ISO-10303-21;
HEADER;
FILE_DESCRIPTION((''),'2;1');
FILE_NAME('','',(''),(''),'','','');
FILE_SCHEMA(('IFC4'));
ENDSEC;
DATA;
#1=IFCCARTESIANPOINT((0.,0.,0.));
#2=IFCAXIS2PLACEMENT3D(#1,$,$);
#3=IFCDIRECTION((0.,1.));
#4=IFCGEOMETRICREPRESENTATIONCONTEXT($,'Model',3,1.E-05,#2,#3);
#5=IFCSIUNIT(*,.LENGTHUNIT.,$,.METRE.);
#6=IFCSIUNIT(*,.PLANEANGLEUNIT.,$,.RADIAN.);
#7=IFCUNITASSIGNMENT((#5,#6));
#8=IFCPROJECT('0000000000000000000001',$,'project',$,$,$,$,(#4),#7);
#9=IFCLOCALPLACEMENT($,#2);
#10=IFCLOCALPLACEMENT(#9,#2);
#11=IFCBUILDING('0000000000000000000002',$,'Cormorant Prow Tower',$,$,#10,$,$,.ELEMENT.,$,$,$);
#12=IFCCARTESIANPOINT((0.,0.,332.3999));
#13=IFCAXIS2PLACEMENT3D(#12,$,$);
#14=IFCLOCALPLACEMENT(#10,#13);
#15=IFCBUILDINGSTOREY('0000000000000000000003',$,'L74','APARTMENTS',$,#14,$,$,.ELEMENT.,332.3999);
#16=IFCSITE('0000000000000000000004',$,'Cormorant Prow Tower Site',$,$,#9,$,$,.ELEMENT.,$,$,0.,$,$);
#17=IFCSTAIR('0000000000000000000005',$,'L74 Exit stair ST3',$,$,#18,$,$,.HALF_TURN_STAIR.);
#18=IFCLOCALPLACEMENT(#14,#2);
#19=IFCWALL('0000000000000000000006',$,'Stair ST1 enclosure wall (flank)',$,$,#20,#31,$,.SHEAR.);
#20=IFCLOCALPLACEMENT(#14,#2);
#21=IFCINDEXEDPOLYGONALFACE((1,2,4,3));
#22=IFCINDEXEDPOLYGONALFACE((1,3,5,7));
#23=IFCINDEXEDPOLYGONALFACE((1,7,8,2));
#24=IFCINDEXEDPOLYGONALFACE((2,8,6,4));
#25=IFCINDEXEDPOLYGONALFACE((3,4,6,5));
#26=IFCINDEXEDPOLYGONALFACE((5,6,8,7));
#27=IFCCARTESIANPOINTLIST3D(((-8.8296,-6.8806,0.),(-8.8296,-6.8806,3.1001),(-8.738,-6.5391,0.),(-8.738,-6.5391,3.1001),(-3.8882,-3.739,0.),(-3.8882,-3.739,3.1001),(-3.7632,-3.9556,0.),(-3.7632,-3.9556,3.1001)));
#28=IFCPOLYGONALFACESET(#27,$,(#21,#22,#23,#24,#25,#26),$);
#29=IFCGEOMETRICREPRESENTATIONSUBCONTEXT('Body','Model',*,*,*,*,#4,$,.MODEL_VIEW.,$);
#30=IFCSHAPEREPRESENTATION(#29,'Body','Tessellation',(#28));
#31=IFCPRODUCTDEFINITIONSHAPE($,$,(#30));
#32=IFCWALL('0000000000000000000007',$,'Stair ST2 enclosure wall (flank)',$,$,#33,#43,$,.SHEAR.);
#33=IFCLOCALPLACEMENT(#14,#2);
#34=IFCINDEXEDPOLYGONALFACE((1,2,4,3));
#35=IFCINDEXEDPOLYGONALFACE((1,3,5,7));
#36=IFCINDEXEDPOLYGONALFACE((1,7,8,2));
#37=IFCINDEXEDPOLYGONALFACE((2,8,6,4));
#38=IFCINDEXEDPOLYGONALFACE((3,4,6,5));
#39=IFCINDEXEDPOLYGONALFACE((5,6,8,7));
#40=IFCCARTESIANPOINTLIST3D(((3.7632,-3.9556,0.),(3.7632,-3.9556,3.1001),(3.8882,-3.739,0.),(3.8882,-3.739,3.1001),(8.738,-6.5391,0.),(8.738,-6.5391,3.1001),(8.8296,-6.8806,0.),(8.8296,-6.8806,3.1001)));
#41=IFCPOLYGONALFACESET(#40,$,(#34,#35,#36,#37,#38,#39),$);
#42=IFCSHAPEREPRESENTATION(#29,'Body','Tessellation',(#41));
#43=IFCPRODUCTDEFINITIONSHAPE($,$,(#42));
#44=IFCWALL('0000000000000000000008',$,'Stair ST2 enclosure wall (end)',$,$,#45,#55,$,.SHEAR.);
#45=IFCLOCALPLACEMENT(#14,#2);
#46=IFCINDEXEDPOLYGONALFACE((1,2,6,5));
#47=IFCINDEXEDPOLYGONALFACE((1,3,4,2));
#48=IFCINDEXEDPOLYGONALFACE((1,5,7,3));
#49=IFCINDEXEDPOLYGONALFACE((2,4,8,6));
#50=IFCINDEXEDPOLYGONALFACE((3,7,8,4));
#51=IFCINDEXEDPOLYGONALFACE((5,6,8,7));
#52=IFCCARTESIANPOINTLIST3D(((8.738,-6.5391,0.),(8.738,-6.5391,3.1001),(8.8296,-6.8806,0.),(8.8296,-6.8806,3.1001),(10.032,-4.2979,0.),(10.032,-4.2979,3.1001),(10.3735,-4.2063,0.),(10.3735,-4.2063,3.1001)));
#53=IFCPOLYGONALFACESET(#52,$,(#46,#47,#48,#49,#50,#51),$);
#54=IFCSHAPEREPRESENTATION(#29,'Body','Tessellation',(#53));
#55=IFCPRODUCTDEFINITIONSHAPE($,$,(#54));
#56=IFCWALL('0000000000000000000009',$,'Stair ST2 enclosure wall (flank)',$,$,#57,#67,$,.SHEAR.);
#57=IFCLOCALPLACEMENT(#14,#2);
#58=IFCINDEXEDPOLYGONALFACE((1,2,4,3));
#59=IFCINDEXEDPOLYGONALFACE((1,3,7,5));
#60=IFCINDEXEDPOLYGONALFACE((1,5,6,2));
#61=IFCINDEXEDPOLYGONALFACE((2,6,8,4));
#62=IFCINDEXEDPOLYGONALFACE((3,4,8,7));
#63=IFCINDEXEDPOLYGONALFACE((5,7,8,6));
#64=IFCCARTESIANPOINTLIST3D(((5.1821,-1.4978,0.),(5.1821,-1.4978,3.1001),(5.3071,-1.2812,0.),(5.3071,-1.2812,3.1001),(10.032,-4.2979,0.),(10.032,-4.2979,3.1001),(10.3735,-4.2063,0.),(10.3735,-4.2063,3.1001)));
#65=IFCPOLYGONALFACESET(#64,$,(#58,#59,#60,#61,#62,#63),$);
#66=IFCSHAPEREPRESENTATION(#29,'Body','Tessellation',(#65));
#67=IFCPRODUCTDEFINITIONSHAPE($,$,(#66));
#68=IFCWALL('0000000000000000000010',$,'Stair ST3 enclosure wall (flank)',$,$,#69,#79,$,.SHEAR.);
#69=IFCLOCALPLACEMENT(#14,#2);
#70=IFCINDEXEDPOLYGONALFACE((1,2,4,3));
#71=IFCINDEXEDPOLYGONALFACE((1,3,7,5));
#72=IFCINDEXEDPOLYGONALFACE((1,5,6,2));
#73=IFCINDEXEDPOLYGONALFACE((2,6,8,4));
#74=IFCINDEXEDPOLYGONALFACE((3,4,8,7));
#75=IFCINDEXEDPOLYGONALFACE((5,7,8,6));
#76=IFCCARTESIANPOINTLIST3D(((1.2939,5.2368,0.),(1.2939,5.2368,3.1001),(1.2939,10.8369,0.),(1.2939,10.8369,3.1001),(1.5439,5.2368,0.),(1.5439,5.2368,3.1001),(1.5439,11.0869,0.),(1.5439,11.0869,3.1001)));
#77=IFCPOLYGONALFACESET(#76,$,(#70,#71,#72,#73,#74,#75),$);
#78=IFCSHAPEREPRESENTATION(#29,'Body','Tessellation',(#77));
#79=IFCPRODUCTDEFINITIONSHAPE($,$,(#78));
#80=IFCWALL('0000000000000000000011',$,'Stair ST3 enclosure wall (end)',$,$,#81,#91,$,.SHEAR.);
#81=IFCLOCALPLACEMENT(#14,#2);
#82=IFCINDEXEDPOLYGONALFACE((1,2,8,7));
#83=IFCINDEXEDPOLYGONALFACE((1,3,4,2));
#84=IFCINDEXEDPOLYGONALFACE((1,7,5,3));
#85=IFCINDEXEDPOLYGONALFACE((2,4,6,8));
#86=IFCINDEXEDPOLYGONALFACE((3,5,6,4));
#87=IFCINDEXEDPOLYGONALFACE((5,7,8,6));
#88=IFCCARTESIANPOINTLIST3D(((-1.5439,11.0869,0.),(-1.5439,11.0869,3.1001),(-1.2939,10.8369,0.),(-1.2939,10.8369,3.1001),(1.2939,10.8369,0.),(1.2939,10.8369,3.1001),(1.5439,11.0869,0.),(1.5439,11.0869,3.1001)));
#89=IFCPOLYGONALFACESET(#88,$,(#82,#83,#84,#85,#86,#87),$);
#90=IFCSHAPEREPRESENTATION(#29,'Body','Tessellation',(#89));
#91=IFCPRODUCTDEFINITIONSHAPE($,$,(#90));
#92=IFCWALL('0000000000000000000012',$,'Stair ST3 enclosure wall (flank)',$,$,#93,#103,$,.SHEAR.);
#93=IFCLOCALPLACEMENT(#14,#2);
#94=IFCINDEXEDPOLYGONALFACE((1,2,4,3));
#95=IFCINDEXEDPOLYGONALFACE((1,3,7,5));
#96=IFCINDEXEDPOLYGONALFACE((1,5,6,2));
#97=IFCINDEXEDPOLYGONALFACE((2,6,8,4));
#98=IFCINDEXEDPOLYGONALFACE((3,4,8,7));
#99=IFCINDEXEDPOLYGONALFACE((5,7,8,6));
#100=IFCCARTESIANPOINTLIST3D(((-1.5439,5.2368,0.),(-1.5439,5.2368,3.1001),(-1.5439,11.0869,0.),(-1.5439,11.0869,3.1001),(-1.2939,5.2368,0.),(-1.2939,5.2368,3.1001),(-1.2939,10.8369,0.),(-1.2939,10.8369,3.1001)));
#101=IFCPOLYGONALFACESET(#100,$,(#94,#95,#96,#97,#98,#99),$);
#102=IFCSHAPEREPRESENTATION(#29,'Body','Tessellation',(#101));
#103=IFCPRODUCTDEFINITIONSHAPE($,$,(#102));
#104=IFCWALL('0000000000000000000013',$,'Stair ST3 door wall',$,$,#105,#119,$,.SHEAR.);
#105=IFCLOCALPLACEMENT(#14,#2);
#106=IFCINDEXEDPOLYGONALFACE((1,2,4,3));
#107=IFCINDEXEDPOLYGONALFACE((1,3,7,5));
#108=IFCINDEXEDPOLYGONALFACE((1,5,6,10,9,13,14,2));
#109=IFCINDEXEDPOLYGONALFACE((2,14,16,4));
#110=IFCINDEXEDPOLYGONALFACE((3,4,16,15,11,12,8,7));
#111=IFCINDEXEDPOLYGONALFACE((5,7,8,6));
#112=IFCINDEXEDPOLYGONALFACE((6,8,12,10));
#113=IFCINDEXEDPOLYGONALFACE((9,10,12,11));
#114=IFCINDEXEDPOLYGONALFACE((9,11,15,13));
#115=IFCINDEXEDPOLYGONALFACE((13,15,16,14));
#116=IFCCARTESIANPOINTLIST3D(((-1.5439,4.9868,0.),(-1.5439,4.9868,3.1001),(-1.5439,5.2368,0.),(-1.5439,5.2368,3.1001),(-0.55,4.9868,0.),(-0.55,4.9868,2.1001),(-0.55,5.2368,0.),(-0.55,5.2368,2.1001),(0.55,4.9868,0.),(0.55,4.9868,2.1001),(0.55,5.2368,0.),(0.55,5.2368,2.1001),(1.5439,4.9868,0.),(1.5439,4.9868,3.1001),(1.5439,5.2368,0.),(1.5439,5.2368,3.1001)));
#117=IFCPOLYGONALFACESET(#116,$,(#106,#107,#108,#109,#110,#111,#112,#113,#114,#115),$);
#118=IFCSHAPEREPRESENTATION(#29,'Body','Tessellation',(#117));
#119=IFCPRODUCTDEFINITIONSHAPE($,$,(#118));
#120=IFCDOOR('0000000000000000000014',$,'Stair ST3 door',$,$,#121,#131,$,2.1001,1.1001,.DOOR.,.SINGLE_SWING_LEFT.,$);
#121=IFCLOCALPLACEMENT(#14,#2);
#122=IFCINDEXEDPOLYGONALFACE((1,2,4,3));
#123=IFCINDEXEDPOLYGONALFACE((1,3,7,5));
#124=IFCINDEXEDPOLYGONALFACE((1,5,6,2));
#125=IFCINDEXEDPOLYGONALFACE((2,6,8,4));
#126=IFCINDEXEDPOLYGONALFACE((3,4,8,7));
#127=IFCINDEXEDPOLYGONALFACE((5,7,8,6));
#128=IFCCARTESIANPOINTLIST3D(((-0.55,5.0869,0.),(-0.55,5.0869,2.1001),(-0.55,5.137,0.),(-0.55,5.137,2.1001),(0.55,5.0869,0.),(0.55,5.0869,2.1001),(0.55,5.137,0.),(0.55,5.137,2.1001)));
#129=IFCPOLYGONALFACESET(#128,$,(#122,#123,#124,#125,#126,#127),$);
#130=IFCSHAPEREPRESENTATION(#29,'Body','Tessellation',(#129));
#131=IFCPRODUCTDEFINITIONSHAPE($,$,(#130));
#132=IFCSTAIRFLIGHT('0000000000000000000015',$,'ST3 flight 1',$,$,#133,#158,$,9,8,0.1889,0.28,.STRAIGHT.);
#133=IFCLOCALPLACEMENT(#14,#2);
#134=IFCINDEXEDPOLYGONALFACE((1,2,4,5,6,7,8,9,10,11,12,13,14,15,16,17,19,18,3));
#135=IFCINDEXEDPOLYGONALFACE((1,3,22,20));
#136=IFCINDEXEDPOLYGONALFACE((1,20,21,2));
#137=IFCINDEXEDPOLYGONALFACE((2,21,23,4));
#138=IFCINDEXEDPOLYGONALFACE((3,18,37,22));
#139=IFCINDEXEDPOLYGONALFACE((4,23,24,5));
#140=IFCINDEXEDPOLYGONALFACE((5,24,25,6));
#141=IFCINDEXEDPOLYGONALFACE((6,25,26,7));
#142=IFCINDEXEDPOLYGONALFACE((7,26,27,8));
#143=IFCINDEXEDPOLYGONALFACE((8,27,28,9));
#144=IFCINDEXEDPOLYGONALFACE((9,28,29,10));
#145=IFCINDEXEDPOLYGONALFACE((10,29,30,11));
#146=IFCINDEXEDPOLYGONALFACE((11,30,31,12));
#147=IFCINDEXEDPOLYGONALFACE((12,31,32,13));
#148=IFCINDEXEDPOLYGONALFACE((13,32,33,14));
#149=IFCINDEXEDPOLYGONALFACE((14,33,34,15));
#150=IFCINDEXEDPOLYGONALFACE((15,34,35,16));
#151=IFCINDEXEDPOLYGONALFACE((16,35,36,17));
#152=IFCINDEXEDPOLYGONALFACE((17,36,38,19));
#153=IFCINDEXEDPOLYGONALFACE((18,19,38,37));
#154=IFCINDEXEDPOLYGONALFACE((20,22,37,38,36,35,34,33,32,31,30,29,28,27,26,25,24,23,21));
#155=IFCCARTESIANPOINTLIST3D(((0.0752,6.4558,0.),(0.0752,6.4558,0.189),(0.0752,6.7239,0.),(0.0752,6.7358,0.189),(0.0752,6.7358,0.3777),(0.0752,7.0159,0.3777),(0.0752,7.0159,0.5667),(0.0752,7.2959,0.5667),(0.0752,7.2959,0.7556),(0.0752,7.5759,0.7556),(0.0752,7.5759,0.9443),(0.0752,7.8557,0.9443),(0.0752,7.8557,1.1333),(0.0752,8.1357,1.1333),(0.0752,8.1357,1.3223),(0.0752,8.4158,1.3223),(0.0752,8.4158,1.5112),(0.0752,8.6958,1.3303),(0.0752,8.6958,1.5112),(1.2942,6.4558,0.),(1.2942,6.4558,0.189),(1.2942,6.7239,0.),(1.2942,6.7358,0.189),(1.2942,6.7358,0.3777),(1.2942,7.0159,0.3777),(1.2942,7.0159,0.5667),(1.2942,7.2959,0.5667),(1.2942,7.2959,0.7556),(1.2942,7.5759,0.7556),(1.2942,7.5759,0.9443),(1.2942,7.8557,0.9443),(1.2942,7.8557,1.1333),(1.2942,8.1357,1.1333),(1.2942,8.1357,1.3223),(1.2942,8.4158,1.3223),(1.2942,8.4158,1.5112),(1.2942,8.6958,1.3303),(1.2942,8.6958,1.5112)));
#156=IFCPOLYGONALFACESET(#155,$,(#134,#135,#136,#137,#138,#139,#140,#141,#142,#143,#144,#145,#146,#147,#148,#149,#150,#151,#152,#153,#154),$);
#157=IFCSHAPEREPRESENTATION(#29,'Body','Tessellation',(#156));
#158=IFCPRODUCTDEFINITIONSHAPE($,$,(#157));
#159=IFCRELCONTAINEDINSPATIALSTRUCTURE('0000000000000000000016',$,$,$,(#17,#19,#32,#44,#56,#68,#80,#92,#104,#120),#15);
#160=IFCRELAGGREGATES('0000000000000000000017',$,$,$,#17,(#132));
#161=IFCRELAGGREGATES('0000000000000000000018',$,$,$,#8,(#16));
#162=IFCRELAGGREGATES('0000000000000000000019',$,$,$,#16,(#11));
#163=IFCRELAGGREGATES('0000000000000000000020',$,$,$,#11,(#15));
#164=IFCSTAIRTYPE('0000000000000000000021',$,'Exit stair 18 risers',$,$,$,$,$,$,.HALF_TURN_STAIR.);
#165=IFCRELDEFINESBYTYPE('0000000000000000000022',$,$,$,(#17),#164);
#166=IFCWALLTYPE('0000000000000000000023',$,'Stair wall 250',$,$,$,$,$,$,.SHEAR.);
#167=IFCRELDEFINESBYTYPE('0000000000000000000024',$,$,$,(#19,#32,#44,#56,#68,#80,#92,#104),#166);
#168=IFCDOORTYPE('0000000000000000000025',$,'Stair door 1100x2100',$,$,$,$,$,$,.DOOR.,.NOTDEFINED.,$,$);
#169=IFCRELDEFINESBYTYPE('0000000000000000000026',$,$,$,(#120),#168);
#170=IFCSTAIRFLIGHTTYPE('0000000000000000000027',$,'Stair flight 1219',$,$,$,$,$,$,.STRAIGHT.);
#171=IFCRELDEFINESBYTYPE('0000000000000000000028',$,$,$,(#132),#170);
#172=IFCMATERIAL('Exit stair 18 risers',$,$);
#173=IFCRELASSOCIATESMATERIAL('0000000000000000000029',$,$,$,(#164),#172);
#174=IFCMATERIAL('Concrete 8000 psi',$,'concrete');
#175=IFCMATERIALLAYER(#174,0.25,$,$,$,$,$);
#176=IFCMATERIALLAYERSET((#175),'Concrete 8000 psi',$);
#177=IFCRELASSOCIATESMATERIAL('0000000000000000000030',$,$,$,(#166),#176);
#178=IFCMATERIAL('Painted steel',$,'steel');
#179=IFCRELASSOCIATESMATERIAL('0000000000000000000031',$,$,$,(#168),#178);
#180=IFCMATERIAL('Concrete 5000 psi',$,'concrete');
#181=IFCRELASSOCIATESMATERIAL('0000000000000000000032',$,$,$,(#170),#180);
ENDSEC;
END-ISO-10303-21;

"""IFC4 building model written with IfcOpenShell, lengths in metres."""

from ifc_helpers import new_model, si_unit, direction, frame, frame_2d, origin, place, context, subcontext, project, spatial, polyline, rectangle, outline, extrude, material, layer, layer_set, type_object, element, fill, aggregate, save


model = new_model("IFC4")

# Units and contexts
model_context = context("Model", 3, precision=1e-05, world=origin(), true_north=direction((0.0, 1.0)))
body_context = subcontext(model_context, "Body", "Model", "MODEL_VIEW")
ifc_project = project(units=[si_unit("LENGTHUNIT", "METRE"), si_unit("PLANEANGLEUNIT", "RADIAN")], contexts=[model_context])

# Site, building, storey
site_placement = place(None, origin())
site = spatial("IfcSite", under=ifc_project, at=site_placement, Name="Cormorant Prow Tower Site", CompositionType="ELEMENT", RefElevation=0.0)
building_placement = place(site_placement, origin())
building = spatial("IfcBuilding", under=site, at=building_placement, Name="Cormorant Prow Tower", CompositionType="ELEMENT")
storey_placement = place(building_placement, frame((0.0, 0.0, 332.3999)))
storey = spatial("IfcBuildingStorey", under=building, at=storey_placement, Name="L74", Description="APARTMENTS", CompositionType="ELEMENT", Elevation=332.3999)

# Stair
ifc_material_1 = material(Name="Exit stair 18 risers")
stair_type = type_object("IfcStairType", Name="Exit stair 18 risers", PredefinedType="HALF_TURN_STAIR", material=ifc_material_1)
stair_1_placement = place(storey_placement, origin())
stair_1 = element("IfcStair", 1, at=stair_1_placement, inside=storey, type_object=stair_type, Name="L74 Exit stair ST3", PredefinedType="HALF_TURN_STAIR")

# Walls
ifc_material_2 = material(Name="Concrete 8000 psi", Category="concrete")
ifc_layer_1 = layer(ifc_material_2, 0.25)
ifc_layer_set_1 = layer_set([ifc_layer_1], Name="Concrete 8000 psi")
wall_type_1 = type_object("IfcWallType", Name="Stair wall 250", PredefinedType="SHEAR", material=ifc_layer_set_1)
wall_1_placement = place(storey_placement, origin())
element("IfcWall", 2, at=wall_1_placement, inside=storey, type_object=wall_type_1, Name="Stair ST1 enclosure wall (flank)", PredefinedType="SHEAR", context=body_context, shape_type="SweptSolid", body=[
    extrude(outline(polyline([(-8.738, -6.5391), (-8.8296, -6.8806), (-3.7632, -3.9556), (-3.8882, -3.739), (-8.738, -6.5391)])), origin(), (0.0, 0.0, 1.0), 3.1001),
])
wall_2_placement = place(storey_placement, origin())
element("IfcWall", 3, at=wall_2_placement, inside=storey, type_object=wall_type_1, Name="Stair ST2 enclosure wall (flank)", PredefinedType="SHEAR", context=body_context, shape_type="SweptSolid", body=[
    extrude(outline(polyline([(3.7632, -3.9556), (8.8296, -6.8806), (8.738, -6.5391), (3.8882, -3.739), (3.7632, -3.9556)])), origin(), (0.0, 0.0, 1.0), 3.1001),
])
wall_3_placement = place(storey_placement, origin())
element("IfcWall", 4, at=wall_3_placement, inside=storey, type_object=wall_type_1, Name="Stair ST2 enclosure wall (end)", PredefinedType="SHEAR", context=body_context, shape_type="SweptSolid", body=[
    extrude(outline(polyline([(8.8296, -6.8806), (10.3735, -4.2063), (10.032, -4.2979), (8.738, -6.5391), (8.8296, -6.8806)])), origin(), (0.0, 0.0, 1.0), 3.1001),
])
wall_4_placement = place(storey_placement, origin())
element("IfcWall", 5, at=wall_4_placement, inside=storey, type_object=wall_type_1, Name="Stair ST2 enclosure wall (flank)", PredefinedType="SHEAR", context=body_context, shape_type="SweptSolid", body=[
    extrude(outline(polyline([(10.032, -4.2979), (10.3735, -4.2063), (5.3071, -1.2812), (5.1821, -1.4978), (10.032, -4.2979)])), origin(), (0.0, 0.0, 1.0), 3.1001),
])
wall_5_placement = place(storey_placement, origin())
element("IfcWall", 6, at=wall_5_placement, inside=storey, type_object=wall_type_1, Name="Stair ST3 enclosure wall (flank)", PredefinedType="SHEAR", context=body_context, shape_type="SweptSolid", body=[
    extrude(outline(polyline([(1.5439, 5.2368), (1.5439, 11.0869), (1.2939, 10.8369), (1.2939, 5.2368), (1.5439, 5.2368)])), origin(), (0.0, 0.0, 1.0), 3.1001),
])
wall_6_placement = place(storey_placement, origin())
element("IfcWall", 7, at=wall_6_placement, inside=storey, type_object=wall_type_1, Name="Stair ST3 enclosure wall (end)", PredefinedType="SHEAR", context=body_context, shape_type="SweptSolid", body=[
    extrude(outline(polyline([(1.5439, 11.0869), (-1.5439, 11.0869), (-1.2939, 10.8369), (1.2939, 10.8369), (1.5439, 11.0869)])), origin(), (0.0, 0.0, 1.0), 3.1001),
])
wall_7_placement = place(storey_placement, origin())
element("IfcWall", 8, at=wall_7_placement, inside=storey, type_object=wall_type_1, Name="Stair ST3 enclosure wall (flank)", PredefinedType="SHEAR", context=body_context, shape_type="SweptSolid", body=[
    extrude(outline(polyline([(-1.2939, 10.8369), (-1.5439, 11.0869), (-1.5439, 5.2368), (-1.2939, 5.2368), (-1.2939, 10.8369)])), origin(), (0.0, 0.0, 1.0), 3.1001),
])

# Wall, opening, door
wall_8_placement = place(storey_placement, frame((1.5439, 5.1118, 0.0), z_axis=(0.0, 0.0, 1.0), x_axis=(-1.0, 0.0, 0.0)))
wall_8 = element("IfcWall", 9, at=wall_8_placement, inside=storey, type_object=wall_type_1, Name="Stair ST3 door wall", PredefinedType="SHEAR", context=body_context, shape_type="SweptSolid", body=[
    extrude(rectangle(XDim=3.0879, YDim=0.25, at=frame_2d((1.5439, 0.0))), origin(), (0.0, 0.0, 1.0), 3.1001),
])
opening_1_placement = place(wall_8_placement, frame((0.9939, 0.0, 0.0)))
opening_1 = element("IfcOpeningElement", 10, at=opening_1_placement, cuts=wall_8, PredefinedType="OPENING", context=body_context, shape_type="SweptSolid", body=[
    extrude(rectangle(XDim=1.1001, YDim=2.1001, at=frame_2d((0.55, 1.05))), frame((0.0, 0.135, 0.0), z_axis=(0.0, -1.0, 0.0), x_axis=(1.0, 0.0, 0.0)), (0.0, 0.0, 1.0), 0.27),
])
ifc_material_3 = material(Name="Painted steel", Category="steel")
door_type_1 = type_object("IfcDoorType", Name="Stair door 1100x2100", OperationType="NOTDEFINED", PredefinedType="DOOR", material=ifc_material_3)
door_1_placement = place(opening_1_placement, origin())
door_1 = element("IfcDoor", 11, at=door_1_placement, inside=storey, type_object=door_type_1, Name="Stair ST3 door", OperationType="SINGLE_SWING_LEFT", OverallHeight=2.1001, OverallWidth=1.1001, PredefinedType="DOOR", context=body_context, shape_type="SweptSolid", body=[
    extrude(rectangle(XDim=1.1001, YDim=2.1001, at=frame_2d((0.55, 1.05))), frame((0.0, 0.0249, 0.0), z_axis=(0.0, -1.0, 0.0), x_axis=(1.0, 0.0, 0.0)), (0.0, 0.0, 1.0), 0.05),
])
fill(opening_1, door_1)

# Stair flight
ifc_material_4 = material(Name="Concrete 5000 psi", Category="concrete")
stair_flight_type = type_object("IfcStairFlightType", Name="Stair flight 1219", PredefinedType="STRAIGHT", material=ifc_material_4)
stair_flight_placement = place(storey_placement, frame((0.6846, 6.4558, 0.0), z_axis=(0.0, 0.0, 1.0), x_axis=(0.0, 1.0, 0.0)))
stair_flight = element("IfcStairFlight", 12, at=stair_flight_placement, type_object=stair_flight_type, Name="ST3 flight 1", NumberOfRisers=9, NumberOfTreads=8, PredefinedType="STRAIGHT", RiserHeight=0.1889, TreadLength=0.28, context=body_context, shape_type="SweptSolid", body=[
    extrude(outline(polyline([(0.0, 0.0), (0.0, 0.189), (0.28, 0.189), (0.28, 0.3777), (0.5601, 0.3777), (0.5601, 0.5667), (0.8401, 0.5667), (0.8401, 0.7556), (1.1201, 0.7556), (1.1201, 0.9443), (1.3999, 0.9443), (1.3999, 1.1333), (1.6799, 1.1333), (1.6799, 1.3223), (1.96, 1.3223), (1.96, 1.5112), (2.24, 1.5112), (2.24, 1.7), (2.24, 1.3303), (0.2681, 0.0), (0.0, 0.0)])), frame((0.0, 0.6094, 0.0), z_axis=(0.0, -1.0, 0.0), x_axis=(1.0, 0.0, 0.0)), (0.0, 0.0, 1.0), 1.219),
])
aggregate(stair_1, [stair_flight])

save(model, "model.ifc")
